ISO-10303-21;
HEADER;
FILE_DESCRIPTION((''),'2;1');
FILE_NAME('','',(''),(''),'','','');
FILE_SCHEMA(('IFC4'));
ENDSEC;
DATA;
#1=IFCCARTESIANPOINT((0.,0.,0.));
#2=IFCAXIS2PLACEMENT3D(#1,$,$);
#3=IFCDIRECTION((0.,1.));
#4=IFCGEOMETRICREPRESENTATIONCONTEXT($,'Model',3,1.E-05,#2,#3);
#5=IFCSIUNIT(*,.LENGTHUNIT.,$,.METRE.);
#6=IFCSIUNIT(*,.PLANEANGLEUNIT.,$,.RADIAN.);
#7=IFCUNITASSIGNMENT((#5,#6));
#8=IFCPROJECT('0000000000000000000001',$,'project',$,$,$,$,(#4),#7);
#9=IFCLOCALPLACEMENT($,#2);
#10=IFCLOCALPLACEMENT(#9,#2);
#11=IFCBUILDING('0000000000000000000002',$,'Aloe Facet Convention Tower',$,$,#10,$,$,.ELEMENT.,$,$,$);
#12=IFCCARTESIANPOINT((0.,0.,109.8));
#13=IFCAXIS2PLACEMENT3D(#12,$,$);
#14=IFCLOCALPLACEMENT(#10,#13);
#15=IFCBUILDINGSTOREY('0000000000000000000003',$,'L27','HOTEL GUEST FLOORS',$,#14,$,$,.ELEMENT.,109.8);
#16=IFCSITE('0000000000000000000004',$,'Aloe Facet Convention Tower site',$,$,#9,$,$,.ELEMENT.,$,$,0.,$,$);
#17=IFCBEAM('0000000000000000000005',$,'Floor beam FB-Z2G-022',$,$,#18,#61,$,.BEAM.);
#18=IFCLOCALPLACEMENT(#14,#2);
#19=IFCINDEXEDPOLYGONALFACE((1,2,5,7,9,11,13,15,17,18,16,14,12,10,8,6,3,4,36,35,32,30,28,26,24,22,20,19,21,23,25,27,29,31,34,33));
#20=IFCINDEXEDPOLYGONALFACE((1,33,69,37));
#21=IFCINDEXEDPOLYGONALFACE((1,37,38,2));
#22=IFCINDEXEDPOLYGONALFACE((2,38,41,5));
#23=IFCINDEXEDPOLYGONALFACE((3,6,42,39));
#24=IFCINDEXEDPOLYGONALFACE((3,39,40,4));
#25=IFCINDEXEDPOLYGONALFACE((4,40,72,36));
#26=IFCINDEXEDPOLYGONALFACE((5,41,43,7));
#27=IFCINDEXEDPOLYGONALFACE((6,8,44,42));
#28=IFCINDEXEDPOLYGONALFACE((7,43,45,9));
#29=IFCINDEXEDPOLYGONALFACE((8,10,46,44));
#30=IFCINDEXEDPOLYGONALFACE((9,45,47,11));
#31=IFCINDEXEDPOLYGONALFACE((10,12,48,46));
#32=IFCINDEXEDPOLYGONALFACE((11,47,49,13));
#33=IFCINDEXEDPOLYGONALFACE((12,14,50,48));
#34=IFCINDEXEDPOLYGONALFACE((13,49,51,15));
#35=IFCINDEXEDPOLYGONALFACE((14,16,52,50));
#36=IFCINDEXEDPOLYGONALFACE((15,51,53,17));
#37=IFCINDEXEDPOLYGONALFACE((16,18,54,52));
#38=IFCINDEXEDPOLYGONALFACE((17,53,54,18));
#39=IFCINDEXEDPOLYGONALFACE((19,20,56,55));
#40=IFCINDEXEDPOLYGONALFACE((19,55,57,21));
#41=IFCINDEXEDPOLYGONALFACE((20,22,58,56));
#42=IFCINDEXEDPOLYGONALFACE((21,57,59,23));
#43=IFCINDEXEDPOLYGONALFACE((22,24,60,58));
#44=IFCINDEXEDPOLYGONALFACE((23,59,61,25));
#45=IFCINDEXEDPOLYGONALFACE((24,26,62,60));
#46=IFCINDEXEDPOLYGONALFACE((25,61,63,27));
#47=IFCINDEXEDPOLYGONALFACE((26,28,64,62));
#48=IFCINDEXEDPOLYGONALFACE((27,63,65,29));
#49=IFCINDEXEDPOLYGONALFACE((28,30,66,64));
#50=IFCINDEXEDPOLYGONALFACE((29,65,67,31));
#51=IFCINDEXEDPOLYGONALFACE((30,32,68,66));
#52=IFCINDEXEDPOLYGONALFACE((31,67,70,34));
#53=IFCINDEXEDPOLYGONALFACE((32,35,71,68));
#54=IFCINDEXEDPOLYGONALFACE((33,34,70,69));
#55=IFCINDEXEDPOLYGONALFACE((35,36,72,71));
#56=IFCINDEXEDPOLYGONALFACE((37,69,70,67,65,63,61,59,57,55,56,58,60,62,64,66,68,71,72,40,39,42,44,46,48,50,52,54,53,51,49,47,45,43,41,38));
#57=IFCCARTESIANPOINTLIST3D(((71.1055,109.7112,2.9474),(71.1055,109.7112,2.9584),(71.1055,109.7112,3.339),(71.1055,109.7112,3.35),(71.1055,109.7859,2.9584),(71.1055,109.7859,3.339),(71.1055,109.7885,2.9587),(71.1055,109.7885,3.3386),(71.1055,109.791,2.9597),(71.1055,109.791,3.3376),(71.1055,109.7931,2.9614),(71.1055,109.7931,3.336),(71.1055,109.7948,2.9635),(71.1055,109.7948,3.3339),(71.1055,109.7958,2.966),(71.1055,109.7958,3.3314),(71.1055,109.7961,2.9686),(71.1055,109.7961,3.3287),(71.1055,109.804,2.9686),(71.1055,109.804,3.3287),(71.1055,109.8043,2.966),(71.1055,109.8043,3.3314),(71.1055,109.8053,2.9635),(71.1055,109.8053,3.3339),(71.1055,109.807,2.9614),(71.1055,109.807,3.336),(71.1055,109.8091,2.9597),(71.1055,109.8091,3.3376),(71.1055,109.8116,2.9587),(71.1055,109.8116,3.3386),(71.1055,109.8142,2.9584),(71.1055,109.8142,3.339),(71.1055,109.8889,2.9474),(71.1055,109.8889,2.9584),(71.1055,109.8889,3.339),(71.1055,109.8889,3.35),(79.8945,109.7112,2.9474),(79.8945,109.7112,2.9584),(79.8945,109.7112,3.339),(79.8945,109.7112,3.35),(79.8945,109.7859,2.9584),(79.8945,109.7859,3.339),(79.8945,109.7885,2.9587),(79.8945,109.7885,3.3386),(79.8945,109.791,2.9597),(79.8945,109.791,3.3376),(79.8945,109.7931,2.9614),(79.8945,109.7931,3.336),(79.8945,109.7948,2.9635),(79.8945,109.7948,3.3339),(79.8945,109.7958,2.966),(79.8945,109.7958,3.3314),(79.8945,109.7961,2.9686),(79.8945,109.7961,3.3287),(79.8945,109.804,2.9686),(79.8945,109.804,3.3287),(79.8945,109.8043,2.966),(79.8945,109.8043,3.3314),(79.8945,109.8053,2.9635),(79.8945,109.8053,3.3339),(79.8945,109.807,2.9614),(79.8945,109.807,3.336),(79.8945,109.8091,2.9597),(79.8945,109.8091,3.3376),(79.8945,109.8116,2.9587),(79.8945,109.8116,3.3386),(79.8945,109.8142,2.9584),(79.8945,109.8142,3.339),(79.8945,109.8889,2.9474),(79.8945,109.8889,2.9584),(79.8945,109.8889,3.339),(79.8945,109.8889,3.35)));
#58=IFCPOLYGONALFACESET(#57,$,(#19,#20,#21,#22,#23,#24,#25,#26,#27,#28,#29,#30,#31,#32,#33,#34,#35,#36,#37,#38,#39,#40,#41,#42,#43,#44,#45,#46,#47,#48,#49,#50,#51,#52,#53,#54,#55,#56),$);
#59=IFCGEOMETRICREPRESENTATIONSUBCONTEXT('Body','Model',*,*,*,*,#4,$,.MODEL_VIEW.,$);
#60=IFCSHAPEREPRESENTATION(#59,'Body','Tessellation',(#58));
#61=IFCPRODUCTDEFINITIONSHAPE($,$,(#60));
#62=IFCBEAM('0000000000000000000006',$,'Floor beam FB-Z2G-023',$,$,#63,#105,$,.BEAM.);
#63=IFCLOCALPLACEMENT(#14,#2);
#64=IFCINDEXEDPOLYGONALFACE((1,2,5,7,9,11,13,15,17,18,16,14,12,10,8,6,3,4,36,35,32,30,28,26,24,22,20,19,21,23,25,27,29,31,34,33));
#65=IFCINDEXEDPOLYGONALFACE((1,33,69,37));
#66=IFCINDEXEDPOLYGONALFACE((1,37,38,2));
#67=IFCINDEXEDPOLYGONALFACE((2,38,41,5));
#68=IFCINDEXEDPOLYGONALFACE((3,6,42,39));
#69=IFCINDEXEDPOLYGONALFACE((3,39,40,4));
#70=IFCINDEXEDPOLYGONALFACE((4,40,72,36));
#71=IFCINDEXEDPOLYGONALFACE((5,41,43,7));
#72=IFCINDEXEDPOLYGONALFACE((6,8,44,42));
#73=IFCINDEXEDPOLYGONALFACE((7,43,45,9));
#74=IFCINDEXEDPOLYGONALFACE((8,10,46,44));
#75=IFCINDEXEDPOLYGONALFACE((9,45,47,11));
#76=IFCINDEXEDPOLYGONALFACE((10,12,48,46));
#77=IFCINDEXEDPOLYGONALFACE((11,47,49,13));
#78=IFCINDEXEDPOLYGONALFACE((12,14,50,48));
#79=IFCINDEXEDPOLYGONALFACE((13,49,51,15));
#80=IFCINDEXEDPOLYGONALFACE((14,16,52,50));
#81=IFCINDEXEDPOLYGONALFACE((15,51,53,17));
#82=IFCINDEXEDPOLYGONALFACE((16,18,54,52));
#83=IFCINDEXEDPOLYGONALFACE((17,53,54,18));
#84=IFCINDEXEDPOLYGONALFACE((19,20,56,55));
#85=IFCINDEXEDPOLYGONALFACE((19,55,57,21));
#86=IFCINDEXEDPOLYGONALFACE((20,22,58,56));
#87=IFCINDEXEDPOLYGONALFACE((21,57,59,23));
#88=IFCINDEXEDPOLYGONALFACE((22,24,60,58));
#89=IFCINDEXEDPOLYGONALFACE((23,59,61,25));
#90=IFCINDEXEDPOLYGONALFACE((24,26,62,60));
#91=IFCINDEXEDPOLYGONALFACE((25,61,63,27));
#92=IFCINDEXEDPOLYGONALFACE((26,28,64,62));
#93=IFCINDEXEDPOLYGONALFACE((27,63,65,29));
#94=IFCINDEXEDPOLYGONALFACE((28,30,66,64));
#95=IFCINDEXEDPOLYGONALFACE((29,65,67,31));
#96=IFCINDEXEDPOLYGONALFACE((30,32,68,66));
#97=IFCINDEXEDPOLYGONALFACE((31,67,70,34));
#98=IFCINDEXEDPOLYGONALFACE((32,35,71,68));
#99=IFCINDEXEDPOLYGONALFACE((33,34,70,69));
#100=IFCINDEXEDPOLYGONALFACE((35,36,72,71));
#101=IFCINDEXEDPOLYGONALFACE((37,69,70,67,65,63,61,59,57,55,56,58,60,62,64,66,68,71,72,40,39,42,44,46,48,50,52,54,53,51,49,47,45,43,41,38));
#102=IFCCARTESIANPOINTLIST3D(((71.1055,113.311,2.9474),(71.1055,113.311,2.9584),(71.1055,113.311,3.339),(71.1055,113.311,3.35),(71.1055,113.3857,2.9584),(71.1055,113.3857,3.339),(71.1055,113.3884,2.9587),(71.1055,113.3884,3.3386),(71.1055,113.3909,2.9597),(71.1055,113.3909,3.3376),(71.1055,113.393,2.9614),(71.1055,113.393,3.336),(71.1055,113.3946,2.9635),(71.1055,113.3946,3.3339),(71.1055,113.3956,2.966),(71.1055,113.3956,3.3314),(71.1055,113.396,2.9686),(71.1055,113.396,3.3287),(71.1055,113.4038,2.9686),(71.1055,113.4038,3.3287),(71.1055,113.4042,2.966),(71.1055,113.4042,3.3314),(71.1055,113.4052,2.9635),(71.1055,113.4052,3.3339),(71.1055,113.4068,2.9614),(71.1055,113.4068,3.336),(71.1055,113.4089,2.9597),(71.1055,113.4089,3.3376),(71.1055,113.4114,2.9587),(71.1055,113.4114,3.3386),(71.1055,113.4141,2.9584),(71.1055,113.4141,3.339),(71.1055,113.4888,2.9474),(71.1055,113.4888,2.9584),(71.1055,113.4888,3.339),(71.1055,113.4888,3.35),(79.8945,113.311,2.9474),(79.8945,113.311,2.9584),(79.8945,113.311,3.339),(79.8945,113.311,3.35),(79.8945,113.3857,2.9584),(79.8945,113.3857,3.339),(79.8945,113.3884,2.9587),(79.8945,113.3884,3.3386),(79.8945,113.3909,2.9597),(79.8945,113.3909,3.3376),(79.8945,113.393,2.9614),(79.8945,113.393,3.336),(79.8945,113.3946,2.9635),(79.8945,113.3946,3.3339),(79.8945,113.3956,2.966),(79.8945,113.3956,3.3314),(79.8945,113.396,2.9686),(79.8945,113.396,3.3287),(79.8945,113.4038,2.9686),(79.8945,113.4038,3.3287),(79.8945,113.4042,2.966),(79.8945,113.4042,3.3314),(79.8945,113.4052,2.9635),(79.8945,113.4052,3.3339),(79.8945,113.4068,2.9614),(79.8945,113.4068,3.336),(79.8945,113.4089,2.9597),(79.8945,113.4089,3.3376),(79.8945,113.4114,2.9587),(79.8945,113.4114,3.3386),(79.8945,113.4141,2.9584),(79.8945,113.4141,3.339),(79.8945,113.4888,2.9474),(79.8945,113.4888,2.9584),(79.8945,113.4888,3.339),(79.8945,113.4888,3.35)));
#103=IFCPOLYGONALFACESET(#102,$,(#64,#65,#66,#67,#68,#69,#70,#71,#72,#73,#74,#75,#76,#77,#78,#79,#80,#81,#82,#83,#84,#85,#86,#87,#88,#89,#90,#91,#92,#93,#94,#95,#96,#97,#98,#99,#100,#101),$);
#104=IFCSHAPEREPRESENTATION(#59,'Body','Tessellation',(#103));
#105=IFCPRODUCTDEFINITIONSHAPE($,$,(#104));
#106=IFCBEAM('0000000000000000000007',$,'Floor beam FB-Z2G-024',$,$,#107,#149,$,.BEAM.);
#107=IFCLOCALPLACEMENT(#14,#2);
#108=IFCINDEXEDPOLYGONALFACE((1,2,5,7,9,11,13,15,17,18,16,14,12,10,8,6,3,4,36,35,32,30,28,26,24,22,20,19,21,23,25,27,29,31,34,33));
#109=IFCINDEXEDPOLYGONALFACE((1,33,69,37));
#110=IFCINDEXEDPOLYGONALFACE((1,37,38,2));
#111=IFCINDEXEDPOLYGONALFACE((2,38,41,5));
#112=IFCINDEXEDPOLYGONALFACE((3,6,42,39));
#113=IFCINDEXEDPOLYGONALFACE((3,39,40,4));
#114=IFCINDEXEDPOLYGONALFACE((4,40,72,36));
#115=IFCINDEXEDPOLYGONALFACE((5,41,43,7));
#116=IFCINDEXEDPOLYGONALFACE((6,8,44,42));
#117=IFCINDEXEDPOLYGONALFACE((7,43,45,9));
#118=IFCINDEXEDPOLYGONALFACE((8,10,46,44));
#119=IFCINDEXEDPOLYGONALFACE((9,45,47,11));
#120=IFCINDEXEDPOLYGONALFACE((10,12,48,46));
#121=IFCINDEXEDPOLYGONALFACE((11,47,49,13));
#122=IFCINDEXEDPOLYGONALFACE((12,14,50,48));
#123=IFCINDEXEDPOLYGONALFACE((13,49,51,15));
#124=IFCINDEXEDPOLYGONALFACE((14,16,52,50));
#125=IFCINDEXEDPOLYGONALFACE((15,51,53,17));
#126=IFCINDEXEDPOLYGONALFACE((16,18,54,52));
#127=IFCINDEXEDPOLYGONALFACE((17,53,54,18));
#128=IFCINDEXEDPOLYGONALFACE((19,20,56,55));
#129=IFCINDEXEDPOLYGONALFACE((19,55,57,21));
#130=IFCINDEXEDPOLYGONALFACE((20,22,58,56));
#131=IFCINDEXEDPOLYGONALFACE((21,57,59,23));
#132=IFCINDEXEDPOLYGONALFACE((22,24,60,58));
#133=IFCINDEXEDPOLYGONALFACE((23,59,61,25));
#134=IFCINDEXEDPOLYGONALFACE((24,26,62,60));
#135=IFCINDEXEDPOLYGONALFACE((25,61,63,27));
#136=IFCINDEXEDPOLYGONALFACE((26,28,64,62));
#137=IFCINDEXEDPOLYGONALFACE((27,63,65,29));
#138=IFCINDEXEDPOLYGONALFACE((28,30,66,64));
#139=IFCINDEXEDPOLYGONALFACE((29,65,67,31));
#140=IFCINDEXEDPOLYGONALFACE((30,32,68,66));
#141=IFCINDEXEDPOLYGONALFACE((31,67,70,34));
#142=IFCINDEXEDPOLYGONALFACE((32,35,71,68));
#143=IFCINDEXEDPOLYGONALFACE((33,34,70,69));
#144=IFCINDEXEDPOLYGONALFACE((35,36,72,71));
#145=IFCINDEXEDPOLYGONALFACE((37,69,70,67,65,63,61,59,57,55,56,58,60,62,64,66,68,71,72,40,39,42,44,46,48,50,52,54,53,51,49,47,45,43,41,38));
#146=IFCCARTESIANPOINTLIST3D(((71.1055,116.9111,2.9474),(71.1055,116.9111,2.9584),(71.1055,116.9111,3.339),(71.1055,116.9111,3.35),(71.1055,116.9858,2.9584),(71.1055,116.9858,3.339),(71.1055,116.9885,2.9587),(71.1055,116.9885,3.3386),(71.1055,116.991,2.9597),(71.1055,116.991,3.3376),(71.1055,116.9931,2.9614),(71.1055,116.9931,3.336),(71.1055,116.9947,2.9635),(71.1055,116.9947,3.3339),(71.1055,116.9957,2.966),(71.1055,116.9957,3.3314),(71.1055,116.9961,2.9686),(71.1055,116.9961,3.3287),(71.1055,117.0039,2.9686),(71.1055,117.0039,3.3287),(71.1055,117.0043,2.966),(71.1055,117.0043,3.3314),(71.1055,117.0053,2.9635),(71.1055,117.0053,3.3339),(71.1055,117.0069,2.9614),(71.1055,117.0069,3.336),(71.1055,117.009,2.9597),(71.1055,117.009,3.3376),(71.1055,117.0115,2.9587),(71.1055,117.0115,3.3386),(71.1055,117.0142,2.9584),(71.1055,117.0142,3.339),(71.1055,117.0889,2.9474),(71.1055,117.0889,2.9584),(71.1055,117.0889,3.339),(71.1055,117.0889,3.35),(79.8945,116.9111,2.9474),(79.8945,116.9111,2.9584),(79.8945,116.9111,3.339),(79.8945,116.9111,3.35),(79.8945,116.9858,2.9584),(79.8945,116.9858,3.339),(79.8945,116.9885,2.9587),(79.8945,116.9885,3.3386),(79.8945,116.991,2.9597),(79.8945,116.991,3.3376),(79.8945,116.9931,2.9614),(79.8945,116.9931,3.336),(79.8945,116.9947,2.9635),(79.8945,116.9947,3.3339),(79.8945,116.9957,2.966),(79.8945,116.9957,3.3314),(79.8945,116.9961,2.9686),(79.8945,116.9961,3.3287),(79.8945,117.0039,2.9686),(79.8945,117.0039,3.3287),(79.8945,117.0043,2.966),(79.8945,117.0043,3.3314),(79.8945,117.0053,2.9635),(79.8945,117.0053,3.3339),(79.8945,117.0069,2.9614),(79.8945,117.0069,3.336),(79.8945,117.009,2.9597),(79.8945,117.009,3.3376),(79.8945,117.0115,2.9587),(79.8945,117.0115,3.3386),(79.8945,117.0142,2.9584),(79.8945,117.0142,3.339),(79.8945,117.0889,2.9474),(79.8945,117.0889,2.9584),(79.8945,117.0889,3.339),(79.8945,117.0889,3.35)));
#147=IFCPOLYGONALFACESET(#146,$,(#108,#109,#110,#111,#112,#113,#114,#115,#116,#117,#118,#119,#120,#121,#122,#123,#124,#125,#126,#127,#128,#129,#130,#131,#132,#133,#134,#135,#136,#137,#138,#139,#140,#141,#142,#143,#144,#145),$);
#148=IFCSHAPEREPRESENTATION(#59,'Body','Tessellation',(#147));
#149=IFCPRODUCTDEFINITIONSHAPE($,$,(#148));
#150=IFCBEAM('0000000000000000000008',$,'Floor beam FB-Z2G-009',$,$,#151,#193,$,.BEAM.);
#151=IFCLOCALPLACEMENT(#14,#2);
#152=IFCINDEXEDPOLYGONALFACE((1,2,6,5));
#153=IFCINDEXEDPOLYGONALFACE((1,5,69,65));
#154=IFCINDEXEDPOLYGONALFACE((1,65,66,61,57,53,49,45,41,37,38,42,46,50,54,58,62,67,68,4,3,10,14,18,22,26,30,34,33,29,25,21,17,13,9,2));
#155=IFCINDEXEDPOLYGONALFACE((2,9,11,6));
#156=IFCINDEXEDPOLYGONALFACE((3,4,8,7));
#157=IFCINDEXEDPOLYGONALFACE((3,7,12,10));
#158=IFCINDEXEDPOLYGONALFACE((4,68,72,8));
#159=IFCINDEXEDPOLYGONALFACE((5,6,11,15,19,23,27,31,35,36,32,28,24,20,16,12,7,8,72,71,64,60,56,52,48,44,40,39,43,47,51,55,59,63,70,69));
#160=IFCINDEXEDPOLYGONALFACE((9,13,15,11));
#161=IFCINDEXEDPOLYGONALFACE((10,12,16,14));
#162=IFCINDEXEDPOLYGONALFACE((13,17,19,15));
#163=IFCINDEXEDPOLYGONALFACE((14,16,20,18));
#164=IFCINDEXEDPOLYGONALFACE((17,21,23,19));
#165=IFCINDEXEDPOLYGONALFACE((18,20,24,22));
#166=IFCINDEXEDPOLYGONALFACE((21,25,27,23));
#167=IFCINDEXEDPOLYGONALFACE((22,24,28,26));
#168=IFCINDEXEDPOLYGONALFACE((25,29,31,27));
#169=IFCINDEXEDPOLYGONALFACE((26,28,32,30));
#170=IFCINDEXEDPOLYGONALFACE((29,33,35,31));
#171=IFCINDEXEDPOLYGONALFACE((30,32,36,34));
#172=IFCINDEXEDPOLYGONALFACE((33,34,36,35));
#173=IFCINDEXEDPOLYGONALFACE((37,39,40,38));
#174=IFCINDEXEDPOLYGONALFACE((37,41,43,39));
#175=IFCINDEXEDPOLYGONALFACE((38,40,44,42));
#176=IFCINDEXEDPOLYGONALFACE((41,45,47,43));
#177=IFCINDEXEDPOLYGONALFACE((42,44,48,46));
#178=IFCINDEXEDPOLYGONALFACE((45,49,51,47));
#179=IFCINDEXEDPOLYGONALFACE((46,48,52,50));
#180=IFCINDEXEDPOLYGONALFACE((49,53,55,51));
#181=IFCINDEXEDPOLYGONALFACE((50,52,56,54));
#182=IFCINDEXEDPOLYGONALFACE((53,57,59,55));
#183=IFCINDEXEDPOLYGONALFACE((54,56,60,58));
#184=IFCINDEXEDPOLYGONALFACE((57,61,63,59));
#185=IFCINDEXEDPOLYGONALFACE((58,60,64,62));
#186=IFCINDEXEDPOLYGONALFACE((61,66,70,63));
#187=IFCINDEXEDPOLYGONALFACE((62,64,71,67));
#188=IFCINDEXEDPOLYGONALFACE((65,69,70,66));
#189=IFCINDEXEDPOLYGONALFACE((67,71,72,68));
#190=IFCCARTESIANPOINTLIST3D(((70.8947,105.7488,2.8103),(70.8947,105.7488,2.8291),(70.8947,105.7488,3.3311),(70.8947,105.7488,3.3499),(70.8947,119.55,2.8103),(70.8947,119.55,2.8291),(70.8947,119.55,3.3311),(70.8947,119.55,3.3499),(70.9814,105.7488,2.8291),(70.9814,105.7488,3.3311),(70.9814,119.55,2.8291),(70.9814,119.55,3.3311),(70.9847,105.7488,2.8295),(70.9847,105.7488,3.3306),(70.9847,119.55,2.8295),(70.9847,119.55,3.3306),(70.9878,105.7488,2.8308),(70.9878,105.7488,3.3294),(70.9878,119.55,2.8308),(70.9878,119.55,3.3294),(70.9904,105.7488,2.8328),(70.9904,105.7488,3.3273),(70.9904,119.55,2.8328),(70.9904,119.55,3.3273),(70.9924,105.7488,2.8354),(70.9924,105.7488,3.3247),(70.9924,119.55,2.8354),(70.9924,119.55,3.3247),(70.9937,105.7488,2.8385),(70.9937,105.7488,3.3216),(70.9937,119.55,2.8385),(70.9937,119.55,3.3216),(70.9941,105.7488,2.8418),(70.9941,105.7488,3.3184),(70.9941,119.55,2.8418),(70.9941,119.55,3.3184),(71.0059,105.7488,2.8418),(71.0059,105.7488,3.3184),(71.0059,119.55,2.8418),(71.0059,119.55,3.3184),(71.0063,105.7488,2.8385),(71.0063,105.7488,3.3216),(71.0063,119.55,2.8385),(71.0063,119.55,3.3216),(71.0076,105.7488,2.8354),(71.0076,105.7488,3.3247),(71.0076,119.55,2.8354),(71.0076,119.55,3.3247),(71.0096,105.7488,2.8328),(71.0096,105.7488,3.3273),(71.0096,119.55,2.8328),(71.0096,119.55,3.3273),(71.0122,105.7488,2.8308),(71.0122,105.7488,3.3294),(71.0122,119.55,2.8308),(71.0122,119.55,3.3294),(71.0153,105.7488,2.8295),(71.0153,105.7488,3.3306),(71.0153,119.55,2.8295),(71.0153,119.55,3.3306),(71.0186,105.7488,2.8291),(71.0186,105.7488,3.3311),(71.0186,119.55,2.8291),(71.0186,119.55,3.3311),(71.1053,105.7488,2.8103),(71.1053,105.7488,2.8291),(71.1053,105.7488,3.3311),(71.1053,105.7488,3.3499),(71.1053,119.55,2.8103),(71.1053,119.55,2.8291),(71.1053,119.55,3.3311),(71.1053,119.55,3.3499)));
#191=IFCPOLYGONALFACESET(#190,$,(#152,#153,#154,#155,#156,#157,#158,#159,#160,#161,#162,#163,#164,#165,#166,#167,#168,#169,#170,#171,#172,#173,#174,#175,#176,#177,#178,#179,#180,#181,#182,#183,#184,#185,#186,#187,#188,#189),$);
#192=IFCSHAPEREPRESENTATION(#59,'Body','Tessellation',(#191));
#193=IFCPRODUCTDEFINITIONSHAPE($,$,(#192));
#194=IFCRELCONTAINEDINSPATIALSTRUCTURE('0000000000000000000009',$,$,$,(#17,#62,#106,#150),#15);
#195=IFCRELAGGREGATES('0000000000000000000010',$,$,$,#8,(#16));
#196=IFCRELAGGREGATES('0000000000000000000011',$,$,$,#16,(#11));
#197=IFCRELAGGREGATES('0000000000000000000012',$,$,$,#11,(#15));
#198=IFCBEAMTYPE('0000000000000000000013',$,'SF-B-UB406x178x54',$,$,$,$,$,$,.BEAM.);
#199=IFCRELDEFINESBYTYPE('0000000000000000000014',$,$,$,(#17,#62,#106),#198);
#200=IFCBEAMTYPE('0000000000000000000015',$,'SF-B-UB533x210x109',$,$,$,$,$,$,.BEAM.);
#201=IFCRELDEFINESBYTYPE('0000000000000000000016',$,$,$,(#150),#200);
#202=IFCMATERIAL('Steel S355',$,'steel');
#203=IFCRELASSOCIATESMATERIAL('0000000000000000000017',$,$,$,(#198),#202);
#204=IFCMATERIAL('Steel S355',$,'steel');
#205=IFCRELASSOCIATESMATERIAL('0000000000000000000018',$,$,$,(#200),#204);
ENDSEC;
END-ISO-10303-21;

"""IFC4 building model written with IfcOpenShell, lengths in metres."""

from ifc_helpers import new_model, si_unit, direction, frame, origin, origin_2d, place, context, subcontext, project, spatial, i_section, extrude, material, material_profile, profile_set, type_object, element, save


model = new_model("IFC4")

# Units and contexts
model_context = context("Model", 3, precision=1e-05, world=origin(), true_north=direction((0.0, 1.0)))
body_context = subcontext(model_context, "Body", "Model", "MODEL_VIEW")
ifc_project = project(units=[si_unit("LENGTHUNIT", "METRE"), si_unit("PLANEANGLEUNIT", "RADIAN")], contexts=[model_context])

# Site, building, storey
site_placement = place(None, origin())
site = spatial("IfcSite", under=ifc_project, at=site_placement, Name="Aloe Facet Convention Tower site", CompositionType="ELEMENT", RefElevation=0.0)
building_placement = place(site_placement, origin())
building = spatial("IfcBuilding", under=site, at=building_placement, Name="Aloe Facet Convention Tower", CompositionType="ELEMENT")
storey_placement = place(building_placement, frame((0.0, 0.0, 109.8)))
storey = spatial("IfcBuildingStorey", under=building, at=storey_placement, Name="L27", Description="HOTEL GUEST FLOORS", CompositionType="ELEMENT", Elevation=109.8)

# Beams
ifc_material_1 = material(Name="Steel S355", Category="steel")
ifc_material_profile_1 = material_profile(ifc_material_1, i_section(OverallWidth=0.1777, OverallDepth=0.4026, WebThickness=0.0078, FlangeThickness=0.011, FilletRadius=0.0103, at=origin_2d()), Name="UB 406x178x54")
ifc_profile_set_1 = profile_set([ifc_material_profile_1], Name="Steel S355")
beam_type_1 = type_object("IfcBeamType", Name="SF-B-UB406x178x54", PredefinedType="BEAM", material=ifc_profile_set_1)
for number, where, z_axis, x_axis, name in (
    (1, (71.1055, 109.8, 3.1487), (1.0, 0.0, 0.0), (0.0, 1.0, 0.0), "Floor beam FB-Z2G-022"),
    (2, (71.1055, 113.3999, 3.1487), (1.0, 0.0, 0.0), (0.0, 1.0, 0.0), "Floor beam FB-Z2G-023"),
    (3, (71.1055, 117.0, 3.1487), (1.0, 0.0, 0.0), (0.0, 1.0, 0.0), "Floor beam FB-Z2G-024"),
):
    element("IfcBeam", number, at=place(storey_placement, frame(where, z_axis=z_axis, x_axis=x_axis)), inside=storey, type_object=beam_type_1, Name=name, PredefinedType="BEAM", context=body_context, shape_type="SweptSolid", body=[
        extrude(i_section(OverallWidth=0.1777, OverallDepth=0.4026, WebThickness=0.0078, FlangeThickness=0.011, FilletRadius=0.0103, at=origin_2d()), origin(), (0.0, 0.0, 1.0), 8.7891),
    ])
ifc_material_2 = material(Name="Steel S355", Category="steel")
ifc_material_profile_2 = material_profile(ifc_material_2, i_section(OverallWidth=0.2107, OverallDepth=0.5396, WebThickness=0.0117, FlangeThickness=0.0188, FilletRadius=0.0127, at=origin_2d()), Name="UB 533x210x109")
ifc_profile_set_2 = profile_set([ifc_material_profile_2], Name="Steel S355")
beam_type_2 = type_object("IfcBeamType", Name="SF-B-UB533x210x109", PredefinedType="BEAM", material=ifc_profile_set_2)
beam_placement = place(storey_placement, frame((71.0, 119.55, 3.0801), z_axis=(0.0, -1.0, 0.0), x_axis=(1.0, 0.0, 0.0)))
element("IfcBeam", 4, at=beam_placement, inside=storey, type_object=beam_type_2, Name="Floor beam FB-Z2G-009", PredefinedType="BEAM", context=body_context, shape_type="SweptSolid", body=[
    extrude(i_section(OverallWidth=0.2107, OverallDepth=0.5396, WebThickness=0.0117, FlangeThickness=0.0188, FilletRadius=0.0127, at=origin_2d()), origin(), (0.0, 0.0, 1.0), 13.8013),
])

save(model, "model.ifc")
